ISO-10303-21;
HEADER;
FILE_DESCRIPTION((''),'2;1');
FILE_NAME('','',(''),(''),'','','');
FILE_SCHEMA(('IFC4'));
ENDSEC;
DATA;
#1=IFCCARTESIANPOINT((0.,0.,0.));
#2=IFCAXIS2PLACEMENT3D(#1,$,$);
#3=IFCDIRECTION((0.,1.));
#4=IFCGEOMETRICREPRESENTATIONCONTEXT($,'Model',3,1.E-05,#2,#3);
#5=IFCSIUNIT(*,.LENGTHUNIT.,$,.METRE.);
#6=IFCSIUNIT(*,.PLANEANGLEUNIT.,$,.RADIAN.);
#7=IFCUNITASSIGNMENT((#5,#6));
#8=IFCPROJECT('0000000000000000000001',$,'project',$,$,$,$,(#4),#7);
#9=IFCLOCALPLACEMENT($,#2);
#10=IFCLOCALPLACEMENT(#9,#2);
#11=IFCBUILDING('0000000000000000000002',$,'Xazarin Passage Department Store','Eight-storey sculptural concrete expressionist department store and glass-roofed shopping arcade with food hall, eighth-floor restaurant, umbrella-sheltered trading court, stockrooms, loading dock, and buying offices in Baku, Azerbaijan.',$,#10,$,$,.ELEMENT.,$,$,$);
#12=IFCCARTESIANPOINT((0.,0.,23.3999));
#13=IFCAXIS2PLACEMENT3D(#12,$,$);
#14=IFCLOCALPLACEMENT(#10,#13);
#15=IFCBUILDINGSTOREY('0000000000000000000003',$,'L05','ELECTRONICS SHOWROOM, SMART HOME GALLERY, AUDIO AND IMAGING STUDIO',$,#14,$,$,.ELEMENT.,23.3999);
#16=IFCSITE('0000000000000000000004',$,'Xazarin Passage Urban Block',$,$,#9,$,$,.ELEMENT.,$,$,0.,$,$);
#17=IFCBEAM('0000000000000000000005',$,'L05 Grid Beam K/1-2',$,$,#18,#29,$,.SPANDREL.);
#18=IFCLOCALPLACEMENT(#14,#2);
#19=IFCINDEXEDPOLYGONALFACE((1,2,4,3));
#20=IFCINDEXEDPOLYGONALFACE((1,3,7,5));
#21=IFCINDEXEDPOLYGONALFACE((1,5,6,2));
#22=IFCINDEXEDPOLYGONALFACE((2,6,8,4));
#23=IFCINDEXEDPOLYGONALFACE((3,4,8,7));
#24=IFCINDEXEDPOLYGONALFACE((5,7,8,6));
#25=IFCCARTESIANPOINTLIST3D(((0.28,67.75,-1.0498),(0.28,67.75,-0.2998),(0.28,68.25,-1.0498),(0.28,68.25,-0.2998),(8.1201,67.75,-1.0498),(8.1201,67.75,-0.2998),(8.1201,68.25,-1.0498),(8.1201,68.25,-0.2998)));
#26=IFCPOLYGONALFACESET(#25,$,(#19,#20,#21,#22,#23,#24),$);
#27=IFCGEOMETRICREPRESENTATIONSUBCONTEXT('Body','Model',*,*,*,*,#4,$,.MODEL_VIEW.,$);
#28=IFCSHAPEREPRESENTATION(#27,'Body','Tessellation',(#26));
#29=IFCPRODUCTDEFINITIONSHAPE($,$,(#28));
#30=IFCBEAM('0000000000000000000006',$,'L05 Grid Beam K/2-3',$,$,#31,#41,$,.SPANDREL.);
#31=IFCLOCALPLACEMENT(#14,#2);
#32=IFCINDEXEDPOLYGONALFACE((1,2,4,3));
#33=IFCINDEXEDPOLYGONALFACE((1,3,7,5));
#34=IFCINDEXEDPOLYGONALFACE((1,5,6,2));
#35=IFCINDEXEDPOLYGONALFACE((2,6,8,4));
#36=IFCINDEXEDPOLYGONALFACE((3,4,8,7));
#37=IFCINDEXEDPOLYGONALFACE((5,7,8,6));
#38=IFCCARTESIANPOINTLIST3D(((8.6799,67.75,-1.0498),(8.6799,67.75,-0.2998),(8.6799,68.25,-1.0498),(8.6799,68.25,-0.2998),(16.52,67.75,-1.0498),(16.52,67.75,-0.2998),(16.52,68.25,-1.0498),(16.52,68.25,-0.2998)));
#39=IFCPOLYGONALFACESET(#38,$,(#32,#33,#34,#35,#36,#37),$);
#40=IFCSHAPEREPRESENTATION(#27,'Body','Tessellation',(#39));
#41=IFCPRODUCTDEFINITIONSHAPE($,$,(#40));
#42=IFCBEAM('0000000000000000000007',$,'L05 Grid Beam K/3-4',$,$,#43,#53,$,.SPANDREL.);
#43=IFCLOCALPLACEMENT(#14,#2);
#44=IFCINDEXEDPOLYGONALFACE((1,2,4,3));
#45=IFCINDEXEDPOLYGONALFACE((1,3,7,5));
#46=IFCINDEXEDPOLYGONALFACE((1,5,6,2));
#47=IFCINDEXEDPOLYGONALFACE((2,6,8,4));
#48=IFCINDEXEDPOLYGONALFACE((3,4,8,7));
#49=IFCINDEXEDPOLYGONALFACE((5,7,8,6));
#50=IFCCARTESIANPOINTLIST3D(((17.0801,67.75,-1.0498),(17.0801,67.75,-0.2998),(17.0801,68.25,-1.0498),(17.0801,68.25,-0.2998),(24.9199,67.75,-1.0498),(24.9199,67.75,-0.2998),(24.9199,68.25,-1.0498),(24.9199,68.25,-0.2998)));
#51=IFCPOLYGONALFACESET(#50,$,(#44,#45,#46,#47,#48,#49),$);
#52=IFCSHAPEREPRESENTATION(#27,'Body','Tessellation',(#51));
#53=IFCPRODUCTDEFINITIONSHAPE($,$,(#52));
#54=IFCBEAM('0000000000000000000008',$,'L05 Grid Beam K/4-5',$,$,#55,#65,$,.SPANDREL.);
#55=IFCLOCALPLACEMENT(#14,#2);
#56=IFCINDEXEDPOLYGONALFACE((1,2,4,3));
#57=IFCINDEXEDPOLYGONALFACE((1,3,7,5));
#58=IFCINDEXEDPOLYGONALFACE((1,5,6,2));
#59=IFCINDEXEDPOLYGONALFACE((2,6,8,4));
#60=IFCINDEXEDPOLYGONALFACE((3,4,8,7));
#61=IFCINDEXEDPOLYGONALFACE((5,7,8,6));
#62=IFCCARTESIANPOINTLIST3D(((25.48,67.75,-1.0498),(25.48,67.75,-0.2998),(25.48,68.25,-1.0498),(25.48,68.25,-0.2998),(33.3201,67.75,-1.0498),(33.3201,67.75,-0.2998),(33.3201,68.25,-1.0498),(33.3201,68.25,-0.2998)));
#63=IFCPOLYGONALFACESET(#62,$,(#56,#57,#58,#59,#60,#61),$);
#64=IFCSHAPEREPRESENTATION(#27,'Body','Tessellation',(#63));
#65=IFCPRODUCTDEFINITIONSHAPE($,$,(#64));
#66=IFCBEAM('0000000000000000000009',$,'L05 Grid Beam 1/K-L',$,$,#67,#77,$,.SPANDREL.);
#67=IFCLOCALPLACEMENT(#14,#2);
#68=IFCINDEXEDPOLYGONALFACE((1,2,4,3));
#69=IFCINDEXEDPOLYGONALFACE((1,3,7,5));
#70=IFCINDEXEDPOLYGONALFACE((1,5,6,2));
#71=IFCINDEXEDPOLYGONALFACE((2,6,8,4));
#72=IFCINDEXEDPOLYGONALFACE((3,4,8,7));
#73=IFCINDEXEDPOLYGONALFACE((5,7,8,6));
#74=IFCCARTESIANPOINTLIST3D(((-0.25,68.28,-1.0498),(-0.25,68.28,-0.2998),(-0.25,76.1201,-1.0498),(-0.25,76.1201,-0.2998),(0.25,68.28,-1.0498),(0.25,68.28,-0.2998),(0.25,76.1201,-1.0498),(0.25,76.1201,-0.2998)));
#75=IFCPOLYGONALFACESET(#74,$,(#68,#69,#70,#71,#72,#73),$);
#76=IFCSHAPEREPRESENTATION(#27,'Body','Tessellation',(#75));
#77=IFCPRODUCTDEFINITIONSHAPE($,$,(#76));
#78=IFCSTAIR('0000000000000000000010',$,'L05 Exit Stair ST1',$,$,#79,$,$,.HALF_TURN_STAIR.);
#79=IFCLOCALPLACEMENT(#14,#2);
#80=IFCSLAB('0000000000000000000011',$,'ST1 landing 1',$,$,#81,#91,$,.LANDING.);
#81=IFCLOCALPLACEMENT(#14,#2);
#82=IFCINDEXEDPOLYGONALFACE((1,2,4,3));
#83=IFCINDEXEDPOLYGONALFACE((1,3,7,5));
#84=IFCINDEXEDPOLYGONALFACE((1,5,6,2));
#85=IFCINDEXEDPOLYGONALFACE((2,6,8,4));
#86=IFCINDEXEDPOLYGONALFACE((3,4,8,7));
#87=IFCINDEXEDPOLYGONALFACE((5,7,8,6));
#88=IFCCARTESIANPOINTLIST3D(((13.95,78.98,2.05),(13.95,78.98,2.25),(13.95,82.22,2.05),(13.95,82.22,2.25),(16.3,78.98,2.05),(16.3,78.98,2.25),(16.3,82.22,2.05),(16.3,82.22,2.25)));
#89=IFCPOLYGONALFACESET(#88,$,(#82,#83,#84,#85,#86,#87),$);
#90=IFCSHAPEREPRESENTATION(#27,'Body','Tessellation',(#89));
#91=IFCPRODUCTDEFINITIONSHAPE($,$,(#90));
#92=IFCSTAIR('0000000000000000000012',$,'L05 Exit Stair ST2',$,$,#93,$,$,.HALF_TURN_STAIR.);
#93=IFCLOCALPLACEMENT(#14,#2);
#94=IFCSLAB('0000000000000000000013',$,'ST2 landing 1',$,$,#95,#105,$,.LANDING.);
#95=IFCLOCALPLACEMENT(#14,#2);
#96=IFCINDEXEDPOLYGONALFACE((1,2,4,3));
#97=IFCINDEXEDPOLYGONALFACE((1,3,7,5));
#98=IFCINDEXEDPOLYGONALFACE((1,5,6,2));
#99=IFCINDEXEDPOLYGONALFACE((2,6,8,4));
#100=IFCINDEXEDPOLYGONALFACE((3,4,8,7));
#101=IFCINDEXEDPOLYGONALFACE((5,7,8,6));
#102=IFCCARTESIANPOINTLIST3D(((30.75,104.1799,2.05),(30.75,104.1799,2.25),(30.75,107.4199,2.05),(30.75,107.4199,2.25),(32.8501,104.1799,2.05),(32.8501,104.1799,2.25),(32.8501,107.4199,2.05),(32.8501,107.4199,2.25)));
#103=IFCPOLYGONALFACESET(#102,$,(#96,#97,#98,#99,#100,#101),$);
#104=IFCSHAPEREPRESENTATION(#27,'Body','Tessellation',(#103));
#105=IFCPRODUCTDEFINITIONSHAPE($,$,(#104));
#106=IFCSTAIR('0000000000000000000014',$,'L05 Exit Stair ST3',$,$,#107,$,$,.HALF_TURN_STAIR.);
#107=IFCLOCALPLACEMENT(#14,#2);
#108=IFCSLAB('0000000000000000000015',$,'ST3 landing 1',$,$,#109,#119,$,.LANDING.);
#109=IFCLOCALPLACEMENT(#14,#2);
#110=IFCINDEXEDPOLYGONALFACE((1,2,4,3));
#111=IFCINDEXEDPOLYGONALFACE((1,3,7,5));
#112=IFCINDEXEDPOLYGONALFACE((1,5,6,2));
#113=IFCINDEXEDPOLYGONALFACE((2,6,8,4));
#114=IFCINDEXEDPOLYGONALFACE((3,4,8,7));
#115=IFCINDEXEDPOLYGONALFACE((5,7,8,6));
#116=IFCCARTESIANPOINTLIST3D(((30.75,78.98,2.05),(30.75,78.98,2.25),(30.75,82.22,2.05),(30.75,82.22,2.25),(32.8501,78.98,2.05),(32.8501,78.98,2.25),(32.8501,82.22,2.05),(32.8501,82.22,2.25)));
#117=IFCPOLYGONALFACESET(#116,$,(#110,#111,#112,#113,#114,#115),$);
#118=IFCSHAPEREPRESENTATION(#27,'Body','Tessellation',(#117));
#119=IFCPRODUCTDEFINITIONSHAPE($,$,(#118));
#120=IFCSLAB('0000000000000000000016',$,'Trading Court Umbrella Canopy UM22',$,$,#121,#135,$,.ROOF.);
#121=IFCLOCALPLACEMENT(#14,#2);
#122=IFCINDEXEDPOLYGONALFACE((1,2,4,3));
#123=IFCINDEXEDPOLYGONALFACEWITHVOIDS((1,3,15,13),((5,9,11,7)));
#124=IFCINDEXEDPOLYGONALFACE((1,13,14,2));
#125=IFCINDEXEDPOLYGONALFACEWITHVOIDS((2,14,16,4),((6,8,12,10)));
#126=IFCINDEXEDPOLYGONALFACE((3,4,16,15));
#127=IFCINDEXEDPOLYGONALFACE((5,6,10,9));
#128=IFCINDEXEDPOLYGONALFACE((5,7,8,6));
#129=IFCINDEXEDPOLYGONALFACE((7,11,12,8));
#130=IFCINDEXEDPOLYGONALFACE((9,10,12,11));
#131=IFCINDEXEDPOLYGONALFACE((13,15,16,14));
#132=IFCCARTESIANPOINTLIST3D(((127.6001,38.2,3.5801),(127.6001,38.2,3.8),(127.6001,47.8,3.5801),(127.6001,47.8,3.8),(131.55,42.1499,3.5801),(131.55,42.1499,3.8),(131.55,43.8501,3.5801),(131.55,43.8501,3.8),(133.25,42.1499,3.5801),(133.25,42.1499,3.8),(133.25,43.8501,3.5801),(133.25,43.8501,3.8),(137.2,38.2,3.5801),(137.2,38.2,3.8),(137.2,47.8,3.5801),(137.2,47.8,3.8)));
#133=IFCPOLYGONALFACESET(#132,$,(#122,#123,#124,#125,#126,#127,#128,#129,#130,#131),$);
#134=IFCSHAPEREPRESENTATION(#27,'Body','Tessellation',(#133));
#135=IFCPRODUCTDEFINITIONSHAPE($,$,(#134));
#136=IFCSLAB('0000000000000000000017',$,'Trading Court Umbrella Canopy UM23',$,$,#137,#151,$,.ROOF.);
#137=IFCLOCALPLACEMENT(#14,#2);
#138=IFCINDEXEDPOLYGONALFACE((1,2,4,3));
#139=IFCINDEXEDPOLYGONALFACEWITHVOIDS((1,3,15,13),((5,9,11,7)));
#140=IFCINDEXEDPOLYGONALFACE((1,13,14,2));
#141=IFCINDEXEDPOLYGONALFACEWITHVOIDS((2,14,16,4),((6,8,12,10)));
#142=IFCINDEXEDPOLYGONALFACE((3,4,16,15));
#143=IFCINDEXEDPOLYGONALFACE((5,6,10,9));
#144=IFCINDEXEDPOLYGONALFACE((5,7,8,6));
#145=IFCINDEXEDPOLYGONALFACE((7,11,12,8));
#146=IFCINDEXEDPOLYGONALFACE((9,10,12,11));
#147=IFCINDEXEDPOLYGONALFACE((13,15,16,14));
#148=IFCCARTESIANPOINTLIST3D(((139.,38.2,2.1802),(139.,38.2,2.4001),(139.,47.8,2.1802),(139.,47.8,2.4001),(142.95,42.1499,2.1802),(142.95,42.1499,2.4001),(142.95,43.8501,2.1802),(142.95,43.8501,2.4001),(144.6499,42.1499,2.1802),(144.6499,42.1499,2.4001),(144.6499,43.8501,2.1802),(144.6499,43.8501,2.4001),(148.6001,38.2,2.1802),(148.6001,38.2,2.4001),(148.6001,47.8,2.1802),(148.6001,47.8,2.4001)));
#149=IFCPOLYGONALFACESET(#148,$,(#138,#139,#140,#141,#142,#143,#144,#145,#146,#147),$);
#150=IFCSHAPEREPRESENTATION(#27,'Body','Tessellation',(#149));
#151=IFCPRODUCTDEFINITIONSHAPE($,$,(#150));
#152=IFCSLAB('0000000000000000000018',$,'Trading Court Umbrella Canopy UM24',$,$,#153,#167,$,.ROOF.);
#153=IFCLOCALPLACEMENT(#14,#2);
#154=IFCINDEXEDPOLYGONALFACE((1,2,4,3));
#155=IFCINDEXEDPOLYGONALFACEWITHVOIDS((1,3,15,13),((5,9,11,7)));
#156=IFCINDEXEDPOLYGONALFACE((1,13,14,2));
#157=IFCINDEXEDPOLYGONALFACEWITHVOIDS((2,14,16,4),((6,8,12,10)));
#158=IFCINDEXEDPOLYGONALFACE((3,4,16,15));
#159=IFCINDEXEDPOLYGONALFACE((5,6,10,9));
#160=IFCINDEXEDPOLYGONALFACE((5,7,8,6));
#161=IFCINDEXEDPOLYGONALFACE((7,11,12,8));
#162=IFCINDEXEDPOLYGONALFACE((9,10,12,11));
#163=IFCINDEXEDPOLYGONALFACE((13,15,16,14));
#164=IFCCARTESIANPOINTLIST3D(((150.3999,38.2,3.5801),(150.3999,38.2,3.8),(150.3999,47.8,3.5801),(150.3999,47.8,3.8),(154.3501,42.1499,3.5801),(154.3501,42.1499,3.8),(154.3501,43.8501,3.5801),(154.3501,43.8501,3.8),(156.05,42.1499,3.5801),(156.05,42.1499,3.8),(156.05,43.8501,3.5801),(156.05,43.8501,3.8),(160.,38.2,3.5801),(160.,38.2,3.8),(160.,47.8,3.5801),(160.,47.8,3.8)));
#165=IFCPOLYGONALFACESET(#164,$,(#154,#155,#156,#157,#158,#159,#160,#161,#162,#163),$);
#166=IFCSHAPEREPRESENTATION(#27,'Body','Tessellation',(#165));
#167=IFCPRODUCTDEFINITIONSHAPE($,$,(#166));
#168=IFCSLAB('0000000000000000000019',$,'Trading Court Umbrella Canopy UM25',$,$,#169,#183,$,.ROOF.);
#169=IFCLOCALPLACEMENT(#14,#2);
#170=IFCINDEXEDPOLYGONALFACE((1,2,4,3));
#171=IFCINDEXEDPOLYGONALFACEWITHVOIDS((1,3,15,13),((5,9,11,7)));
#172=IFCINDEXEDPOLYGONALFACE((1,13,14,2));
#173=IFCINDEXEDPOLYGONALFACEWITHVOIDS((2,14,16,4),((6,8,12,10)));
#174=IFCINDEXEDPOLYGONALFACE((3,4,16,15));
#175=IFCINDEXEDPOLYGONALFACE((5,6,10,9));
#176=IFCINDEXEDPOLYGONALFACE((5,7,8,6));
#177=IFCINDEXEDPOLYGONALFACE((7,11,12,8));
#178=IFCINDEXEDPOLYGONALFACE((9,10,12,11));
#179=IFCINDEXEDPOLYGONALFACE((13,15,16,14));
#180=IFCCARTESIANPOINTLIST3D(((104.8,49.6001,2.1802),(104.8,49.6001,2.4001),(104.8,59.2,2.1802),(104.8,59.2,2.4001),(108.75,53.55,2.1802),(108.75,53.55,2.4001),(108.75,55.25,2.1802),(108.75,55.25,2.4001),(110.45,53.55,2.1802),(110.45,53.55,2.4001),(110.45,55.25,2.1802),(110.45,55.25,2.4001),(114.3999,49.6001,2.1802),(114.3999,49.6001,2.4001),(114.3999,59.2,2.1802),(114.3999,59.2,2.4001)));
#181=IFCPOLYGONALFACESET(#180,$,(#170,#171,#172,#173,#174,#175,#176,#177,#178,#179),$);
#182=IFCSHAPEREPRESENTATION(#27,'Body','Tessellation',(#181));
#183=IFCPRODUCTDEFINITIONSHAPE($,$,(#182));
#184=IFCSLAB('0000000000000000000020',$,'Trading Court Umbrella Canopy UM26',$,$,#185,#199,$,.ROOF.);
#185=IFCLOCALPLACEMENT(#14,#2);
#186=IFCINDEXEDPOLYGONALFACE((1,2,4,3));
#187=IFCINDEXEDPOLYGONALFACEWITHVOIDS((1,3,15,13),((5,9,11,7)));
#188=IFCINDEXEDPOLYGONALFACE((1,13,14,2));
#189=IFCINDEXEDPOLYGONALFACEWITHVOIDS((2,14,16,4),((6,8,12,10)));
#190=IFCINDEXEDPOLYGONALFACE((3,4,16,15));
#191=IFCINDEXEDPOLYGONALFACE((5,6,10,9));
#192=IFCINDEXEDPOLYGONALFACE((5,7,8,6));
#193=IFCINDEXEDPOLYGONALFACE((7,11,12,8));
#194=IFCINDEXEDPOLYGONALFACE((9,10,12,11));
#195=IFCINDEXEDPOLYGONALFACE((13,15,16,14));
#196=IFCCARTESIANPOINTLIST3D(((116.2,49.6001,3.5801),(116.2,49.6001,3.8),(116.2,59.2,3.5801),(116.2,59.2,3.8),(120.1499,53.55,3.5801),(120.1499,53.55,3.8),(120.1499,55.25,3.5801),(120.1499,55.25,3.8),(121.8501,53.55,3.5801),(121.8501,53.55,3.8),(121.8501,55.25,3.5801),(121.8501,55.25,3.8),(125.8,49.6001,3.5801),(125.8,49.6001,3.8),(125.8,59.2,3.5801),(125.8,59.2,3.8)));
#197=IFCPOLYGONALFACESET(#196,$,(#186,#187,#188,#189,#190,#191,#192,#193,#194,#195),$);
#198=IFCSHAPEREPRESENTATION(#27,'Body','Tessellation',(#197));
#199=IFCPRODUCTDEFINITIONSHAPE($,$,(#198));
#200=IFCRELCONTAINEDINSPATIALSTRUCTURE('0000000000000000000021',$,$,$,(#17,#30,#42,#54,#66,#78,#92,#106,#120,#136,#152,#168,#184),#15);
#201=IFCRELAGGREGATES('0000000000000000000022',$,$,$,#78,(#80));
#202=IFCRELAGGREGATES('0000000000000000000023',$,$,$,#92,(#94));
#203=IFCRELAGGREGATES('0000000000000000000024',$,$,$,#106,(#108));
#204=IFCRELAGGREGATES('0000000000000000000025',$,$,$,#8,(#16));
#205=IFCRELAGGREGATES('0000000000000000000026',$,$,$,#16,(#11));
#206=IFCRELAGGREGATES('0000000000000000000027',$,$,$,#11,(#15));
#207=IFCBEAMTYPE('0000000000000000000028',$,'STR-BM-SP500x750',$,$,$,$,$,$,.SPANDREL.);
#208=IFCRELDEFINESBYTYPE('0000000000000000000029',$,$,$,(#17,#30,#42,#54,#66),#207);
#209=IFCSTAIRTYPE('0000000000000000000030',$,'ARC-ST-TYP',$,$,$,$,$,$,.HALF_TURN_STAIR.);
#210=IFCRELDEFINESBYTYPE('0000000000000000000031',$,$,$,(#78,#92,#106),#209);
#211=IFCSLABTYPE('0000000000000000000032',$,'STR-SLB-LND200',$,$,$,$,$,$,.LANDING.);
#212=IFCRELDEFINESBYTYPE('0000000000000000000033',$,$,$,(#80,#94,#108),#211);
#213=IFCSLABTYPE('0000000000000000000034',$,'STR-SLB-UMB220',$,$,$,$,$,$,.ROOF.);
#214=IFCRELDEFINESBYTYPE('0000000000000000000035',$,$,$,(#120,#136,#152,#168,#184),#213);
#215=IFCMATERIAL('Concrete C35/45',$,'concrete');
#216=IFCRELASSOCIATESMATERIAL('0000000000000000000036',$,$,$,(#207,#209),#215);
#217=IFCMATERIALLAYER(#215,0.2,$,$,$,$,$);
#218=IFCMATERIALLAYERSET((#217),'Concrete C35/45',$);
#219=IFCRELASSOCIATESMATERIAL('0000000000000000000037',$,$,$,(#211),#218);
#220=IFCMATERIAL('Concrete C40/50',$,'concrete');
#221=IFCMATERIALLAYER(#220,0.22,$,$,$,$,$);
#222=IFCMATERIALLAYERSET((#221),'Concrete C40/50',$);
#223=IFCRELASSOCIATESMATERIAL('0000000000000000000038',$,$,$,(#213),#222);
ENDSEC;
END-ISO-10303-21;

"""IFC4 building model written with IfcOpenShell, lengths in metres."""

from ifc_helpers import new_model, si_unit, direction, frame, origin, origin_2d, place, context, subcontext, project, spatial, polyline, rectangle, outline, extrude, material, layer, layer_set, material_profile, profile_set, type_object, element, aggregate, save


model = new_model("IFC4")

# Units and contexts
model_context = context("Model", 3, precision=1e-05, world=origin(), true_north=direction((0.0, 1.0)))
body_context = subcontext(model_context, "Body", "Model", "MODEL_VIEW")
ifc_project = project(units=[si_unit("LENGTHUNIT", "METRE"), si_unit("PLANEANGLEUNIT", "RADIAN")], contexts=[model_context])

# Site, building, storey
site_placement = place(None, origin())
site = spatial("IfcSite", under=ifc_project, at=site_placement, Name="Xazarin Passage Urban Block", CompositionType="ELEMENT", RefElevation=0.0)
building_placement = place(site_placement, origin())
building = spatial("IfcBuilding", under=site, at=building_placement, Name="Xazarin Passage Department Store", Description="Eight-storey sculptural concrete expressionist department store and glass-roofed shopping arcade with food hall, eighth-floor restaurant, umbrella-sheltered trading court, stockrooms, loading dock, and buying offices in Baku, Azerbaijan.", CompositionType="ELEMENT")
storey_placement = place(building_placement, frame((0.0, 0.0, 23.3999)))
storey = spatial("IfcBuildingStorey", under=building, at=storey_placement, Name="L05", Description="ELECTRONICS SHOWROOM, SMART HOME GALLERY, AUDIO AND IMAGING STUDIO", CompositionType="ELEMENT", Elevation=23.3999)

# Beams
ifc_material_1 = material(Name="Concrete C35/45", Category="concrete")
ifc_material_profile = material_profile(ifc_material_1, rectangle(XDim=0.5, YDim=0.75, at=origin_2d()), Name="RC 500x750")
ifc_profile_set = profile_set([ifc_material_profile], Name="Concrete C35/45")
beam_type = type_object("IfcBeamType", Name="STR-BM-SP500x750", PredefinedType="SPANDREL", material=ifc_profile_set)
for number, where, z_axis, x_axis, name in (
    (1, (0.28, 68.0, -0.6748), (1.0, 0.0, 0.0), (0.0, 1.0, 0.0), "L05 Grid Beam K/1-2"),
    (2, (8.6799, 68.0, -0.6748), (1.0, 0.0, 0.0), (0.0, 1.0, 0.0), "L05 Grid Beam K/2-3"),
):
    element("IfcBeam", number, at=place(storey_placement, frame(where, z_axis=z_axis, x_axis=x_axis)), inside=storey, type_object=beam_type, Name=name, PredefinedType="SPANDREL", context=body_context, shape_type="SweptSolid", body=[
        extrude(rectangle(XDim=0.5, YDim=0.75, at=origin_2d()), origin(), (0.0, 0.0, 1.0), 7.8401),
    ])
beam_placement = place(storey_placement, frame((17.0801, 68.0, -0.6748), z_axis=(1.0, 0.0, 0.0), x_axis=(0.0, 1.0, 0.0)))
element("IfcBeam", 3, at=beam_placement, inside=storey, type_object=beam_type, Name="L05 Grid Beam K/3-4", PredefinedType="SPANDREL", context=body_context, shape_type="SweptSolid", body=[
    extrude(rectangle(XDim=0.5, YDim=0.75, at=origin_2d()), origin(), (0.0, 0.0, 1.0), 7.8398),
])
for number, where, z_axis, x_axis, name in (
    (4, (25.48, 68.0, -0.6748), (1.0, 0.0, 0.0), (0.0, 1.0, 0.0), "L05 Grid Beam K/4-5"),
    (5, (0.0, 68.28, -0.6748), (0.0, 1.0, 0.0), (-1.0, 0.0, 0.0), "L05 Grid Beam 1/K-L"),
):
    element("IfcBeam", number, at=place(storey_placement, frame(where, z_axis=z_axis, x_axis=x_axis)), inside=storey, type_object=beam_type, Name=name, PredefinedType="SPANDREL", context=body_context, shape_type="SweptSolid", body=[
        extrude(rectangle(XDim=0.5, YDim=0.75, at=origin_2d()), origin(), (0.0, 0.0, 1.0), 7.8401),
    ])

# Stairs, slabs
stair_type = type_object("IfcStairType", Name="ARC-ST-TYP", PredefinedType="HALF_TURN_STAIR", material=ifc_material_1)
stair_1_placement = place(storey_placement, origin())
stair_1 = element("IfcStair", 6, at=stair_1_placement, inside=storey, type_object=stair_type, Name="L05 Exit Stair ST1", PredefinedType="HALF_TURN_STAIR")
ifc_layer_1 = layer(ifc_material_1, 0.2)
ifc_layer_set_1 = layer_set([ifc_layer_1], Name="Concrete C35/45")
slab_type_1 = type_object("IfcSlabType", Name="STR-SLB-LND200", PredefinedType="LANDING", material=ifc_layer_set_1)
slab_1_placement = place(storey_placement, frame((0.0, 0.0, 2.05)))
slab_1 = element("IfcSlab", 7, at=slab_1_placement, type_object=slab_type_1, Name="ST1 landing 1", PredefinedType="LANDING", context=body_context, shape_type="SweptSolid", body=[
    extrude(outline(polyline([(13.95, 78.98), (16.3, 78.98), (16.3, 82.22), (13.95, 82.22), (13.95, 78.98)])), origin(), (0.0, 0.0, 1.0), 0.2),
])
aggregate(stair_1, [slab_1])
stair_2_placement = place(storey_placement, origin())
stair_2 = element("IfcStair", 8, at=stair_2_placement, inside=storey, type_object=stair_type, Name="L05 Exit Stair ST2", PredefinedType="HALF_TURN_STAIR")
slab_2_placement = place(storey_placement, frame((0.0, 0.0, 2.05)))
slab_2 = element("IfcSlab", 9, at=slab_2_placement, type_object=slab_type_1, Name="ST2 landing 1", PredefinedType="LANDING", context=body_context, shape_type="SweptSolid", body=[
    extrude(outline(polyline([(30.75, 104.1799), (32.8501, 104.1799), (32.8501, 107.4199), (30.75, 107.4199), (30.75, 104.1799)])), origin(), (0.0, 0.0, 1.0), 0.2),
])
aggregate(stair_2, [slab_2])
stair_3_placement = place(storey_placement, origin())
stair_3 = element("IfcStair", 10, at=stair_3_placement, inside=storey, type_object=stair_type, Name="L05 Exit Stair ST3", PredefinedType="HALF_TURN_STAIR")
slab_3_placement = place(storey_placement, frame((0.0, 0.0, 2.05)))
slab_3 = element("IfcSlab", 11, at=slab_3_placement, type_object=slab_type_1, Name="ST3 landing 1", PredefinedType="LANDING", context=body_context, shape_type="SweptSolid", body=[
    extrude(outline(polyline([(30.75, 78.98), (32.8501, 78.98), (32.8501, 82.22), (30.75, 82.22), (30.75, 78.98)])), origin(), (0.0, 0.0, 1.0), 0.2),
])
aggregate(stair_3, [slab_3])

# Slabs
ifc_material_2 = material(Name="Concrete C40/50", Category="concrete")
ifc_layer_2 = layer(ifc_material_2, 0.22)
ifc_layer_set_2 = layer_set([ifc_layer_2], Name="Concrete C40/50")
slab_type_2 = type_object("IfcSlabType", Name="STR-SLB-UMB220", PredefinedType="ROOF", material=ifc_layer_set_2)
slab_4_placement = place(storey_placement, frame((0.0, 0.0, 3.5801)))
element("IfcSlab", 12, at=slab_4_placement, inside=storey, type_object=slab_type_2, Name="Trading Court Umbrella Canopy UM22", PredefinedType="ROOF", context=body_context, shape_type="SweptSolid", body=[
    extrude(outline(polyline([(127.6001, 38.2), (137.2, 38.2), (137.2, 47.8), (127.6001, 47.8), (127.6001, 38.2)]), holes=[polyline([(131.55, 43.8501), (133.25, 43.8501), (133.25, 42.1499), (131.55, 42.1499), (131.55, 43.8501)])]), origin(), (0.0, 0.0, 1.0), 0.22),
])
slab_5_placement = place(storey_placement, frame((0.0, 0.0, 2.1802)))
element("IfcSlab", 13, at=slab_5_placement, inside=storey, type_object=slab_type_2, Name="Trading Court Umbrella Canopy UM23", PredefinedType="ROOF", context=body_context, shape_type="SweptSolid", body=[
    extrude(outline(polyline([(139.0, 38.2), (148.6001, 38.2), (148.6001, 47.8), (139.0, 47.8), (139.0, 38.2)]), holes=[polyline([(142.95, 43.8501), (144.6499, 43.8501), (144.6499, 42.1499), (142.95, 42.1499), (142.95, 43.8501)])]), origin(), (0.0, 0.0, 1.0), 0.22),
])
slab_6_placement = place(storey_placement, frame((0.0, 0.0, 3.5801)))
element("IfcSlab", 14, at=slab_6_placement, inside=storey, type_object=slab_type_2, Name="Trading Court Umbrella Canopy UM24", PredefinedType="ROOF", context=body_context, shape_type="SweptSolid", body=[
    extrude(outline(polyline([(150.3999, 38.2), (160.0, 38.2), (160.0, 47.8), (150.3999, 47.8), (150.3999, 38.2)]), holes=[polyline([(154.3501, 43.8501), (156.05, 43.8501), (156.05, 42.1499), (154.3501, 42.1499), (154.3501, 43.8501)])]), origin(), (0.0, 0.0, 1.0), 0.22),
])
slab_7_placement = place(storey_placement, frame((0.0, 0.0, 2.1802)))
element("IfcSlab", 15, at=slab_7_placement, inside=storey, type_object=slab_type_2, Name="Trading Court Umbrella Canopy UM25", PredefinedType="ROOF", context=body_context, shape_type="SweptSolid", body=[
    extrude(outline(polyline([(104.8, 49.6001), (114.3999, 49.6001), (114.3999, 59.2), (104.8, 59.2), (104.8, 49.6001)]), holes=[polyline([(108.75, 55.25), (110.45, 55.25), (110.45, 53.55), (108.75, 53.55), (108.75, 55.25)])]), origin(), (0.0, 0.0, 1.0), 0.22),
])
slab_8_placement = place(storey_placement, frame((0.0, 0.0, 3.5801)))
element("IfcSlab", 16, at=slab_8_placement, inside=storey, type_object=slab_type_2, Name="Trading Court Umbrella Canopy UM26", PredefinedType="ROOF", context=body_context, shape_type="SweptSolid", body=[
    extrude(outline(polyline([(116.2, 49.6001), (125.8, 49.6001), (125.8, 59.2), (116.2, 59.2), (116.2, 49.6001)]), holes=[polyline([(120.1499, 55.25), (121.8501, 55.25), (121.8501, 53.55), (120.1499, 53.55), (120.1499, 55.25)])]), origin(), (0.0, 0.0, 1.0), 0.22),
])

save(model, "model.ifc")
